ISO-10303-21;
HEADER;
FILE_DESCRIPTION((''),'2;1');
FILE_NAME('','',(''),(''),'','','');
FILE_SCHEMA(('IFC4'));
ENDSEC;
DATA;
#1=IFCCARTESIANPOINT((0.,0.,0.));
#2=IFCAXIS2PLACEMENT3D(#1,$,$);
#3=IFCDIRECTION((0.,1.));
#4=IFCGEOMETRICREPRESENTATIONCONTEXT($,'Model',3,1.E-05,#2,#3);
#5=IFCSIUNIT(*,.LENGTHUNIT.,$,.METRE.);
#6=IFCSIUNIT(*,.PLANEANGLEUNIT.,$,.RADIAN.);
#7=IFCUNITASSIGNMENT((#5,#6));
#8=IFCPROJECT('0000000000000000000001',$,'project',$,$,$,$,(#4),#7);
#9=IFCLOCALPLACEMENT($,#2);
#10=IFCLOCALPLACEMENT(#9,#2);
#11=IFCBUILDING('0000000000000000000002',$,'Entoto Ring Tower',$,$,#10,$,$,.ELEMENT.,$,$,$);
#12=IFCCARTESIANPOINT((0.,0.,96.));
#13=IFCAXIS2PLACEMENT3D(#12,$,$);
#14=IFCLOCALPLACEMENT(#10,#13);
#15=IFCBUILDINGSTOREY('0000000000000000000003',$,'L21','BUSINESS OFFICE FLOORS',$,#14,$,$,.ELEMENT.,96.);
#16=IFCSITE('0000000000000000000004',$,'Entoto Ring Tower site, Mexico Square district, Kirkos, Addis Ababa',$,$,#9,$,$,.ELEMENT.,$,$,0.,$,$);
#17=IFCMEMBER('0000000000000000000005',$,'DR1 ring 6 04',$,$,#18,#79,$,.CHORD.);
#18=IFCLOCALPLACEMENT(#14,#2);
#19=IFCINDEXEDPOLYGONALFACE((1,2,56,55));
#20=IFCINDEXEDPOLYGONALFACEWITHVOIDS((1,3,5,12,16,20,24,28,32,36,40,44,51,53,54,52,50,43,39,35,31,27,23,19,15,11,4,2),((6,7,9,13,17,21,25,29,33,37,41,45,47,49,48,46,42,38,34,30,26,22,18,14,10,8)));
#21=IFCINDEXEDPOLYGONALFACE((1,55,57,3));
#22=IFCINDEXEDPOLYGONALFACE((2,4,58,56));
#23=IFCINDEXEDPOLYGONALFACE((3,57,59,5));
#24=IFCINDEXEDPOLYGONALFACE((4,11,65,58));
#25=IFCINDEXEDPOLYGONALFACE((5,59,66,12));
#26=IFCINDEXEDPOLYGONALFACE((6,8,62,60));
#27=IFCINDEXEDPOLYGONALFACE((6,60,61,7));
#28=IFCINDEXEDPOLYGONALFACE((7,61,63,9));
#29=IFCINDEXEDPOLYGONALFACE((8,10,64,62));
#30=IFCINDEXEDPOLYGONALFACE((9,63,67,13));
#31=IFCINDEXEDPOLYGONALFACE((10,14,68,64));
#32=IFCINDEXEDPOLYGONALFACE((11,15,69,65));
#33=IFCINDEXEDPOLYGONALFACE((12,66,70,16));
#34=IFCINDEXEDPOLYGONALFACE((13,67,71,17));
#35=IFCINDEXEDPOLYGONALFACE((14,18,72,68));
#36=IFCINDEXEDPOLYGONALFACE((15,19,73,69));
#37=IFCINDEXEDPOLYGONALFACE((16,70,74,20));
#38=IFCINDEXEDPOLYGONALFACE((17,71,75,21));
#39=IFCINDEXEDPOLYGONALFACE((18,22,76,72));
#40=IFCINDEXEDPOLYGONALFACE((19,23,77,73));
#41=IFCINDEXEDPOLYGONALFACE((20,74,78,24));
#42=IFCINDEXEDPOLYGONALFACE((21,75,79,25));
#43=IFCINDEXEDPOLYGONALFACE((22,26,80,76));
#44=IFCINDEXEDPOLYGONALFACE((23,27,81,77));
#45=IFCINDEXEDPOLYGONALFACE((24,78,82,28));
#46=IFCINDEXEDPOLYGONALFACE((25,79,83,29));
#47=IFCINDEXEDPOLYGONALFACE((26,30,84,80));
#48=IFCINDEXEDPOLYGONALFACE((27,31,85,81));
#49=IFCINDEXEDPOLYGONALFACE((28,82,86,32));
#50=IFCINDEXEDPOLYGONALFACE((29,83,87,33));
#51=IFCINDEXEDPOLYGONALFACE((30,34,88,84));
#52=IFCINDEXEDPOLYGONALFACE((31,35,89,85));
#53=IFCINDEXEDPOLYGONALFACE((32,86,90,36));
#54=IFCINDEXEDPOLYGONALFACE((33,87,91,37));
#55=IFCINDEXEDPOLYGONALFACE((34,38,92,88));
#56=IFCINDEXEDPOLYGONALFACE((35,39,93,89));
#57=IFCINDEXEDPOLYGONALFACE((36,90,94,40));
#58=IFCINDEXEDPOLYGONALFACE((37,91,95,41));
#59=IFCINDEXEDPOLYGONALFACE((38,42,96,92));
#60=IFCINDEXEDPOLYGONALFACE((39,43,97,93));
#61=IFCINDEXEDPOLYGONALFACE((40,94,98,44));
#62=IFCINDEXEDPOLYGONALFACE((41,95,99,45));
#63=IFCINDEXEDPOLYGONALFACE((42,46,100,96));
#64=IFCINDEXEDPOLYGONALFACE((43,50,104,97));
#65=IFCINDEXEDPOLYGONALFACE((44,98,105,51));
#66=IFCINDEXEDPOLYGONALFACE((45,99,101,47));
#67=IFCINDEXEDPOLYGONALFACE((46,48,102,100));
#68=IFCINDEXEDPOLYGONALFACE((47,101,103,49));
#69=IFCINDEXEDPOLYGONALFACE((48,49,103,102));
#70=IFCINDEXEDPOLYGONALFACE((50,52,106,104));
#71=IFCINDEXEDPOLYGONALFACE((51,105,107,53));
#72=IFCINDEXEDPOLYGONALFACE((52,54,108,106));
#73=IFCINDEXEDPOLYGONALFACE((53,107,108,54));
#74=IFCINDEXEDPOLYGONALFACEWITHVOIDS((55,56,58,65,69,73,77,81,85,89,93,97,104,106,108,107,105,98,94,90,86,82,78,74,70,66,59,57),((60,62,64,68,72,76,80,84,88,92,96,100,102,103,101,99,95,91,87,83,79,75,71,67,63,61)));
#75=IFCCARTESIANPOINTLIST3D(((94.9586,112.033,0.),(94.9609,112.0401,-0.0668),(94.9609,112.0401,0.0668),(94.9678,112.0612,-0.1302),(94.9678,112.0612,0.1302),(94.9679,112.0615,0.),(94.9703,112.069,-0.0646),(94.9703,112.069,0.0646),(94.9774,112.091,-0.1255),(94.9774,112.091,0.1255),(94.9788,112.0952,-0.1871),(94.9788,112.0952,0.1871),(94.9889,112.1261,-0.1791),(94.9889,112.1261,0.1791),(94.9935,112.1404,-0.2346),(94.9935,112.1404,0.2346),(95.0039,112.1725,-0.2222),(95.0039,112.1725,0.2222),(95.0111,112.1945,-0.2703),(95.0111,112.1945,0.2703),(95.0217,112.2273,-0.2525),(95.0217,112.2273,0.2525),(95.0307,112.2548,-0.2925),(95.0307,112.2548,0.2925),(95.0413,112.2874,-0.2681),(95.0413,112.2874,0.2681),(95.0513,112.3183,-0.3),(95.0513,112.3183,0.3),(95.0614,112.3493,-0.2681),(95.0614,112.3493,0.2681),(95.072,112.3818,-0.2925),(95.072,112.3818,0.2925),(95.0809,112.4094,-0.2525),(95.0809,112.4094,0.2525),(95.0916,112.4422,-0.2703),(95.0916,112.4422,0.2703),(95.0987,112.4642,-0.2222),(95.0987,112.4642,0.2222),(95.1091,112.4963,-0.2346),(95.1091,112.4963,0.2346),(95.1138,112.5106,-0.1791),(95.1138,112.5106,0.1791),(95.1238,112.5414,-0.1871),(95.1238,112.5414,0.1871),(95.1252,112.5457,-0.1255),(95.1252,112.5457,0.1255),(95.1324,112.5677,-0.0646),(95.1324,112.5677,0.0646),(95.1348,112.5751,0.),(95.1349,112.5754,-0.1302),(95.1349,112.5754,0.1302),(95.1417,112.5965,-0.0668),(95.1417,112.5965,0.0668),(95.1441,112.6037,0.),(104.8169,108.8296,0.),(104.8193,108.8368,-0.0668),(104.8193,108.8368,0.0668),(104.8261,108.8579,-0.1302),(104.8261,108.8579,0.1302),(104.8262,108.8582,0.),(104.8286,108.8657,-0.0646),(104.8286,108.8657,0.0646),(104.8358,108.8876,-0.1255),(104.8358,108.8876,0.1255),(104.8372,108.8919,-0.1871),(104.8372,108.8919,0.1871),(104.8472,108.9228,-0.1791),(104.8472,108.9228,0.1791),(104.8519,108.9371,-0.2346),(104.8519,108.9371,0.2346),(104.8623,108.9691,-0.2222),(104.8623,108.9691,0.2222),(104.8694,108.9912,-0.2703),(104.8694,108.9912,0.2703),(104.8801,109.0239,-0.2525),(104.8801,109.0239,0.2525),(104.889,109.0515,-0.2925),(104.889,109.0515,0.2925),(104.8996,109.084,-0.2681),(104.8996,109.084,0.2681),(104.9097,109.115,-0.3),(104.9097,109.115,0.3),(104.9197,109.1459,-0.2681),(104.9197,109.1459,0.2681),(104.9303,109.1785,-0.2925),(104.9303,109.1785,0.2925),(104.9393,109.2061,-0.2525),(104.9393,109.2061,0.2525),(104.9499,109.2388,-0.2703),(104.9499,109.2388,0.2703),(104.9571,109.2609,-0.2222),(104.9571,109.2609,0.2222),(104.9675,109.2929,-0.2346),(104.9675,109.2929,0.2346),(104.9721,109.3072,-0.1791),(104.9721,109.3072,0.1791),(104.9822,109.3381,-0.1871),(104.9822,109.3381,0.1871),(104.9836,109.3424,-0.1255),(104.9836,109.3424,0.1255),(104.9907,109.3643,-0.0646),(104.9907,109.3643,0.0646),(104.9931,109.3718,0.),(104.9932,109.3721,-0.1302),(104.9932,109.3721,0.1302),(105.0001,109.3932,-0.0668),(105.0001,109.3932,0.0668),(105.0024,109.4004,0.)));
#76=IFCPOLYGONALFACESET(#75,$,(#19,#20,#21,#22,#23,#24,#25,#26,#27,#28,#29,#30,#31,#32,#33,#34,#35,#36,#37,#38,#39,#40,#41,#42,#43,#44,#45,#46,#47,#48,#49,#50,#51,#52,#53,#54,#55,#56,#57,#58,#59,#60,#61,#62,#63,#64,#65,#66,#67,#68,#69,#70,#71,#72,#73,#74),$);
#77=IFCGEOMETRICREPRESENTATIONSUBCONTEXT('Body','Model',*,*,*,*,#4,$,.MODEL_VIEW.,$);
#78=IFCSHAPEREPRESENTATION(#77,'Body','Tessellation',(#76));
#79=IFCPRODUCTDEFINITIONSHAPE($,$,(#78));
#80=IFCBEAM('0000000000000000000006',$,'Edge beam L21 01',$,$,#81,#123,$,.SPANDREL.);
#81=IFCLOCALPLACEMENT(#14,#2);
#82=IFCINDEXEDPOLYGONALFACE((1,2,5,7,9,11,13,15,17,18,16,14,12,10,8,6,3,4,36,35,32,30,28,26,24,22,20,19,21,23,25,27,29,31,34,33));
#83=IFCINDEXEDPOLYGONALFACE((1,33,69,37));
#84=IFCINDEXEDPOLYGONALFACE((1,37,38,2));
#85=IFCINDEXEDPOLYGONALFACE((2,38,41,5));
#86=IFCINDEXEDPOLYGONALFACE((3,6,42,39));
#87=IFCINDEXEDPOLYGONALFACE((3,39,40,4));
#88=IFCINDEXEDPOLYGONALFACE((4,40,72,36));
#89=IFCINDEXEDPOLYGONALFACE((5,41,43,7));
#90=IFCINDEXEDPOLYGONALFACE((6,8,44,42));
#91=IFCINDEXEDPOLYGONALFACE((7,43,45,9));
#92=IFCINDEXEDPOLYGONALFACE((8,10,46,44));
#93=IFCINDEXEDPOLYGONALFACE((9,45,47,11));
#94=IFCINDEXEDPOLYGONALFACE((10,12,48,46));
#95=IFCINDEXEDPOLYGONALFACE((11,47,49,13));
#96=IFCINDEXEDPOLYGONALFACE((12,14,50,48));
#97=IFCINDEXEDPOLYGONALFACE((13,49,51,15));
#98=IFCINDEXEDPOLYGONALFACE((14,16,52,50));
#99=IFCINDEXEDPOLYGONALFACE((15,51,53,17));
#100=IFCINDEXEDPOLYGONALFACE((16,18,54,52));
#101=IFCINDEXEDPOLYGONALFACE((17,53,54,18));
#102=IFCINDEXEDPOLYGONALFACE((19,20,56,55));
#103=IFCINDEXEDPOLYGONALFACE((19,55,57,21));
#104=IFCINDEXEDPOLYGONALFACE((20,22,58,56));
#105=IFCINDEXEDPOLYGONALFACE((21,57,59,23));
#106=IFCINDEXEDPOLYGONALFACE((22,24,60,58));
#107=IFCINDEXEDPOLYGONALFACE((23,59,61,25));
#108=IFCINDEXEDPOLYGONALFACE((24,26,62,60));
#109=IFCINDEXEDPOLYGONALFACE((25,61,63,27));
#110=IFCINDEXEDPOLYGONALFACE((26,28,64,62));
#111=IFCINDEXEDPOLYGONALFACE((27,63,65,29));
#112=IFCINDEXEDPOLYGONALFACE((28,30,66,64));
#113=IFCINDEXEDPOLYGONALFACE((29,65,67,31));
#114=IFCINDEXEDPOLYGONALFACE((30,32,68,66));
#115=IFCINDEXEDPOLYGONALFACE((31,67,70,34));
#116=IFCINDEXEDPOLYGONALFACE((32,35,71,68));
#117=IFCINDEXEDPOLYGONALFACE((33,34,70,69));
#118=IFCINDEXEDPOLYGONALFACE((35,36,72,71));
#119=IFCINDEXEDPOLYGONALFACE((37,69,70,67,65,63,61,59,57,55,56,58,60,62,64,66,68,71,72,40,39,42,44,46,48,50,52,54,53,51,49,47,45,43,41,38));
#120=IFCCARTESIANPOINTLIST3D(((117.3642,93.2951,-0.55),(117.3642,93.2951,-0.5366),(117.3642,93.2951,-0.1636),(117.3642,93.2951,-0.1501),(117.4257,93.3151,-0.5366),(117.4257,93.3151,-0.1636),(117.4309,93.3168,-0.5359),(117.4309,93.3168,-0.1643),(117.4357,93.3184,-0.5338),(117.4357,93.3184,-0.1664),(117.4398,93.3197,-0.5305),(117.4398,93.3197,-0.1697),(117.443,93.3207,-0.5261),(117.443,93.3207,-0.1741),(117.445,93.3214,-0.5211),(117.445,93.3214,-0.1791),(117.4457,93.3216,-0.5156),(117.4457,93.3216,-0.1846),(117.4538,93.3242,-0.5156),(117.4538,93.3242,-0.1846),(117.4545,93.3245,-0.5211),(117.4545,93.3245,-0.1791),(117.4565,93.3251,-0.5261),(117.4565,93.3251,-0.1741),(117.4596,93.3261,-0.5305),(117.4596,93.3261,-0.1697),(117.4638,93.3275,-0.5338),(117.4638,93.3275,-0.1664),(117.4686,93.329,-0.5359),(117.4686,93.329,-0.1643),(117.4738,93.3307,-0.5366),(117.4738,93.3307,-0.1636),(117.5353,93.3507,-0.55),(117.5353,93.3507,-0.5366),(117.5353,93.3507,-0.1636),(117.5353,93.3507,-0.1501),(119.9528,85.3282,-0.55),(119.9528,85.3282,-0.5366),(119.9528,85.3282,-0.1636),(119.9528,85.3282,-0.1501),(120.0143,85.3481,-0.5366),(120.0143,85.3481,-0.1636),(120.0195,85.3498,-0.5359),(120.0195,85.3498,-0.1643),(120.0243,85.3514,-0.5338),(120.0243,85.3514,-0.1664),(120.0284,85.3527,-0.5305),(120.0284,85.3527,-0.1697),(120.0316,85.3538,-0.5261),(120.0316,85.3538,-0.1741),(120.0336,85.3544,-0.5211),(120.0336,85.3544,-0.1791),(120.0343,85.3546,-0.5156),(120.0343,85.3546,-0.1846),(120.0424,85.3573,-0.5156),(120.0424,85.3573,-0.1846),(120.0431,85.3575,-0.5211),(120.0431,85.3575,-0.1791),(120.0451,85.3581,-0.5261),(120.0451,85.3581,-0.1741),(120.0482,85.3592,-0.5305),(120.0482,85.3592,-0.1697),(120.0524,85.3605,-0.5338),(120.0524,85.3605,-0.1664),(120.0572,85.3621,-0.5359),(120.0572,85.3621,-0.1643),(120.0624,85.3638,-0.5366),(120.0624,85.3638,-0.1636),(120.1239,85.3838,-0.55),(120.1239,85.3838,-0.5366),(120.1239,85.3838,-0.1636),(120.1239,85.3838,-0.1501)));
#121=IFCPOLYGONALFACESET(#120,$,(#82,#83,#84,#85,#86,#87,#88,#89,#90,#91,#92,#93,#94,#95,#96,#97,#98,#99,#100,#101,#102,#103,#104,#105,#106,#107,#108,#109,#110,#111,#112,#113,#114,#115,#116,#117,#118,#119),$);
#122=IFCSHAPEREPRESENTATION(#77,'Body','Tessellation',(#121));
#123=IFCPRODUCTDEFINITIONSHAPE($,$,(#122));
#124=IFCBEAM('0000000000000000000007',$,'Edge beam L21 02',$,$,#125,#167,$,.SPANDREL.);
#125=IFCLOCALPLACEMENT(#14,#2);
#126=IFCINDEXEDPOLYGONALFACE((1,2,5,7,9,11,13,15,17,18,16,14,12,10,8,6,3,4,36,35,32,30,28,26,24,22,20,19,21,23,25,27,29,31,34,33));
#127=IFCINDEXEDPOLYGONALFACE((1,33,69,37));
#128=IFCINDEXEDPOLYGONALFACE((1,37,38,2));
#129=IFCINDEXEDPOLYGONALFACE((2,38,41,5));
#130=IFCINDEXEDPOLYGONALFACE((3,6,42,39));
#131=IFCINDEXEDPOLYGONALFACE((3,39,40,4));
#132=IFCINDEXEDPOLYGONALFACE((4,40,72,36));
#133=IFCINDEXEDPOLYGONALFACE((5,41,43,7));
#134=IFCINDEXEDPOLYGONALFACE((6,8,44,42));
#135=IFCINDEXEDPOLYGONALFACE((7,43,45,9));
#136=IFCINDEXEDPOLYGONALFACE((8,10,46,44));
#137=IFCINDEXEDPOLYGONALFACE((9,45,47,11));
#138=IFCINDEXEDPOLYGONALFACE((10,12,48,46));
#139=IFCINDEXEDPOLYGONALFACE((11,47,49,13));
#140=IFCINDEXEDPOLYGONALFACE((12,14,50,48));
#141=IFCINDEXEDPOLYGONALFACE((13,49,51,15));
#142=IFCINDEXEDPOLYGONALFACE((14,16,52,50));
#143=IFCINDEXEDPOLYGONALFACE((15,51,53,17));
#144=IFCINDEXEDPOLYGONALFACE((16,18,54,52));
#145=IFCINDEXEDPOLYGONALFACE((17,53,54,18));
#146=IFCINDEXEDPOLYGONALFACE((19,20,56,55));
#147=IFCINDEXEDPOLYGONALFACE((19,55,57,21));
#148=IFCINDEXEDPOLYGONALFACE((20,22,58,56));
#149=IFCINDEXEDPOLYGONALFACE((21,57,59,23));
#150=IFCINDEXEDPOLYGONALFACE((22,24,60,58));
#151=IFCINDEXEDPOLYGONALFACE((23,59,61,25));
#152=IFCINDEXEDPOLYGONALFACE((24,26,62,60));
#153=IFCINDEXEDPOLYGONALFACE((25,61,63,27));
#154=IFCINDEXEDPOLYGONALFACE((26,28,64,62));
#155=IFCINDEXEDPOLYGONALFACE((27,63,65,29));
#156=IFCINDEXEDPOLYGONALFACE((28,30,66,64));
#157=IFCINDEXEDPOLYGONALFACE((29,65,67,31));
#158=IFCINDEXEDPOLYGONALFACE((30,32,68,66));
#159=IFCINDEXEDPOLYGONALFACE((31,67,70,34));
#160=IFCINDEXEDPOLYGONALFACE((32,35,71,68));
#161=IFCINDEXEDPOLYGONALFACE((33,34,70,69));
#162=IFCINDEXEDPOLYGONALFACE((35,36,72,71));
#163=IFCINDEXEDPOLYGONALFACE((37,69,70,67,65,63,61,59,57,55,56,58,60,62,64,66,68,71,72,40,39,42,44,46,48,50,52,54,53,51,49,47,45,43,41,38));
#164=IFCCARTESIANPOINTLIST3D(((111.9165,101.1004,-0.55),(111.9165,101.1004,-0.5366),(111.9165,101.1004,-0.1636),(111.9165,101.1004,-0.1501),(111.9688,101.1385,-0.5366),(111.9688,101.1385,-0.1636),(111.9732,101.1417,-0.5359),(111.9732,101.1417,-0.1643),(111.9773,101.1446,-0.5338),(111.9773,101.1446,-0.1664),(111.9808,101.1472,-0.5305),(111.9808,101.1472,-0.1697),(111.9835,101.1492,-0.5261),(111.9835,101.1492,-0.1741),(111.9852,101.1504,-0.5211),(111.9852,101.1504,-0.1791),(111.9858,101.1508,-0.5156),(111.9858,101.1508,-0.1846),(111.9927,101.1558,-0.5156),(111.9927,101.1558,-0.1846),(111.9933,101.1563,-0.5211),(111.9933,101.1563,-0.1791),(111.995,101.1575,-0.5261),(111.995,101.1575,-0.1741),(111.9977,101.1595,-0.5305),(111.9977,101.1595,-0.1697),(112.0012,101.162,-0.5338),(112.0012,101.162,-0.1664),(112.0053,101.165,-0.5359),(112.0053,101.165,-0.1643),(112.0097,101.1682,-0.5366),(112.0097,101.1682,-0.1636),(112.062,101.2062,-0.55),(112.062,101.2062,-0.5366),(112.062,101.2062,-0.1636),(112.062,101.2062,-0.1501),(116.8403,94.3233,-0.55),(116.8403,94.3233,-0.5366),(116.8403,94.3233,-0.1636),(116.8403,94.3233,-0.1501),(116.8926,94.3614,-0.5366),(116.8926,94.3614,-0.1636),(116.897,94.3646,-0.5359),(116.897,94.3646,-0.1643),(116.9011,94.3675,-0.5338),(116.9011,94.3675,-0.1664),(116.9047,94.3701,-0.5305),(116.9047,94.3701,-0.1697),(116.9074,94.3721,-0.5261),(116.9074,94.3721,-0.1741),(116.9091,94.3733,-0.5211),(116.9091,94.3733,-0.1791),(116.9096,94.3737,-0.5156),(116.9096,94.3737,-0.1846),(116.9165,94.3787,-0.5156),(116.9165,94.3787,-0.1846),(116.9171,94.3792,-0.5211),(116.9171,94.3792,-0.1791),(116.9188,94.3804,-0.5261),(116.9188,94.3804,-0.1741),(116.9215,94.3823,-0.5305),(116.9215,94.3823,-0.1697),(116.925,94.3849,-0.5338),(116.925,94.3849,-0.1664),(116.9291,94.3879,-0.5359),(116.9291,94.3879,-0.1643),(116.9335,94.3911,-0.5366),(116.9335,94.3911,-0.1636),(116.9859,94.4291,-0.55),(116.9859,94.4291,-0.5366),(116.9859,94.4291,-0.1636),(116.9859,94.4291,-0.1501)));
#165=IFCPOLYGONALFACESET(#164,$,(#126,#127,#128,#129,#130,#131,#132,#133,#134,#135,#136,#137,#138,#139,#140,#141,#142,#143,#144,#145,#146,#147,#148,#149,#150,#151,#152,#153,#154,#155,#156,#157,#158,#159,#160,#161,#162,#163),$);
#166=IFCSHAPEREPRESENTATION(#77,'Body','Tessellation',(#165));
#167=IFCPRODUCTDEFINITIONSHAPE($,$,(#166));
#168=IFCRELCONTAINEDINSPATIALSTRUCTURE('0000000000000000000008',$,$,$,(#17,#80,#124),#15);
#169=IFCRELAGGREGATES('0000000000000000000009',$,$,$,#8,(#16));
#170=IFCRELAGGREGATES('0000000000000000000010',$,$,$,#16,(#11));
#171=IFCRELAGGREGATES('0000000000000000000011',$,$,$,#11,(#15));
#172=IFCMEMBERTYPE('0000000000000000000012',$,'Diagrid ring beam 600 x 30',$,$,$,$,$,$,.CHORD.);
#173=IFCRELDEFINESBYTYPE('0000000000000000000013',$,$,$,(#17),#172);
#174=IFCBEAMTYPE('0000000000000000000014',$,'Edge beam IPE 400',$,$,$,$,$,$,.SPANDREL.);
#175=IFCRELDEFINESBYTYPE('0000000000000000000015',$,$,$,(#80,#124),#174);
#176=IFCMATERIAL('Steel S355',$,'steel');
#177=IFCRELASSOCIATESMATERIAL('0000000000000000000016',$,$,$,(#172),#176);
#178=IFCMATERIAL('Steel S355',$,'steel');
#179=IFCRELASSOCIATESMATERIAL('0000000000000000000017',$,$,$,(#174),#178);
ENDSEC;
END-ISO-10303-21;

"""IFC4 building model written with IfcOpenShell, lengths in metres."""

from ifc_helpers import new_model, si_unit, direction, frame, origin, origin_2d, place, context, subcontext, project, spatial, circle, hollow_circle, i_section, extrude, material, material_profile, profile_set, type_object, element, save


model = new_model("IFC4")

# Units and contexts
model_context = context("Model", 3, precision=1e-05, world=origin(), true_north=direction((0.0, 1.0)))
body_context = subcontext(model_context, "Body", "Model", "MODEL_VIEW")
ifc_project = project(units=[si_unit("LENGTHUNIT", "METRE"), si_unit("PLANEANGLEUNIT", "RADIAN")], contexts=[model_context])

# Site, building, storey
site_placement = place(None, origin())
site = spatial("IfcSite", under=ifc_project, at=site_placement, Name="Entoto Ring Tower site, Mexico Square district, Kirkos, Addis Ababa", CompositionType="ELEMENT", RefElevation=0.0)
building_placement = place(site_placement, origin())
building = spatial("IfcBuilding", under=site, at=building_placement, Name="Entoto Ring Tower", CompositionType="ELEMENT")
storey_placement = place(building_placement, frame((0.0, 0.0, 96.0)))
storey = spatial("IfcBuildingStorey", under=building, at=storey_placement, Name="L21", Description="BUSINESS OFFICE FLOORS", CompositionType="ELEMENT", Elevation=96.0)

# Member
ifc_material_1 = material(Name="Steel S355", Category="steel")
ifc_material_profile_1 = material_profile(ifc_material_1, hollow_circle(Radius=0.3, WallThickness=0.03, at=origin_2d()), Name="CHS 600 x 30")
ifc_material_2 = material(Name="Concrete C60/75", Category="concrete")
ifc_material_profile_2 = material_profile(ifc_material_2, circle(Radius=0.27, at=origin_2d()), Name="Concrete C60/75 infill")
ifc_profile_set_1 = profile_set([ifc_material_profile_1, ifc_material_profile_2], Name="Steel S355")
member_type_1 = type_object("IfcMemberType", Name="Diagrid ring beam 600 x 30", PredefinedType="CHORD", material=ifc_profile_set_1)
member_1_placement = place(storey_placement, frame((104.9097, 109.115, 0.0), z_axis=(-0.951051, 0.309033, 0.0), x_axis=(-0.309033, -0.951051, 0.0)))
element("IfcMember", 1, at=member_1_placement, inside=storey, type_object=member_type_1, Name="DR1 ring 6 04", PredefinedType="CHORD", context=body_context, shape_type="SweptSolid", body=[
    extrude(hollow_circle(Radius=0.3, WallThickness=0.03, at=origin_2d()), origin(), (0.0, 0.0, 1.0), 10.3657),
])

# Beams
ifc_material_3 = material(Name="Steel S355", Category="steel")
ifc_material_profile_3 = material_profile(ifc_material_3, i_section(OverallWidth=0.1799, OverallDepth=0.3999, WebThickness=0.0085, FlangeThickness=0.0134, FilletRadius=0.021, at=origin_2d()), Name="IPE 400")
ifc_profile_set_2 = profile_set([ifc_material_profile_3], Name="Steel S355")
beam_type_1 = type_object("IfcBeamType", Name="Edge beam IPE 400", PredefinedType="SPANDREL", material=ifc_profile_set_2)
for number, where, z_axis, x_axis, name in (
    (2, (120.0383, 85.356, -0.3501), (-0.309014, 0.951057, 0.0), (-0.951057, -0.309014, 0.0), "Edge beam L21 01"),
    (3, (116.9131, 94.3762, -0.3501), (-0.587783, 0.809018, 0.0), (-0.809018, -0.587783, 0.0), "Edge beam L21 02"),
):
    element("IfcBeam", number, at=place(storey_placement, frame(where, z_axis=z_axis, x_axis=x_axis)), inside=storey, type_object=beam_type_1, Name=name, PredefinedType="SPANDREL", context=body_context, shape_type="SweptSolid", body=[
        extrude(i_section(OverallWidth=0.1799, OverallDepth=0.3999, WebThickness=0.0085, FlangeThickness=0.0134, FilletRadius=0.021, at=origin_2d()), origin(), (0.0, 0.0, 1.0), 8.377),
    ])

save(model, "model.ifc")
